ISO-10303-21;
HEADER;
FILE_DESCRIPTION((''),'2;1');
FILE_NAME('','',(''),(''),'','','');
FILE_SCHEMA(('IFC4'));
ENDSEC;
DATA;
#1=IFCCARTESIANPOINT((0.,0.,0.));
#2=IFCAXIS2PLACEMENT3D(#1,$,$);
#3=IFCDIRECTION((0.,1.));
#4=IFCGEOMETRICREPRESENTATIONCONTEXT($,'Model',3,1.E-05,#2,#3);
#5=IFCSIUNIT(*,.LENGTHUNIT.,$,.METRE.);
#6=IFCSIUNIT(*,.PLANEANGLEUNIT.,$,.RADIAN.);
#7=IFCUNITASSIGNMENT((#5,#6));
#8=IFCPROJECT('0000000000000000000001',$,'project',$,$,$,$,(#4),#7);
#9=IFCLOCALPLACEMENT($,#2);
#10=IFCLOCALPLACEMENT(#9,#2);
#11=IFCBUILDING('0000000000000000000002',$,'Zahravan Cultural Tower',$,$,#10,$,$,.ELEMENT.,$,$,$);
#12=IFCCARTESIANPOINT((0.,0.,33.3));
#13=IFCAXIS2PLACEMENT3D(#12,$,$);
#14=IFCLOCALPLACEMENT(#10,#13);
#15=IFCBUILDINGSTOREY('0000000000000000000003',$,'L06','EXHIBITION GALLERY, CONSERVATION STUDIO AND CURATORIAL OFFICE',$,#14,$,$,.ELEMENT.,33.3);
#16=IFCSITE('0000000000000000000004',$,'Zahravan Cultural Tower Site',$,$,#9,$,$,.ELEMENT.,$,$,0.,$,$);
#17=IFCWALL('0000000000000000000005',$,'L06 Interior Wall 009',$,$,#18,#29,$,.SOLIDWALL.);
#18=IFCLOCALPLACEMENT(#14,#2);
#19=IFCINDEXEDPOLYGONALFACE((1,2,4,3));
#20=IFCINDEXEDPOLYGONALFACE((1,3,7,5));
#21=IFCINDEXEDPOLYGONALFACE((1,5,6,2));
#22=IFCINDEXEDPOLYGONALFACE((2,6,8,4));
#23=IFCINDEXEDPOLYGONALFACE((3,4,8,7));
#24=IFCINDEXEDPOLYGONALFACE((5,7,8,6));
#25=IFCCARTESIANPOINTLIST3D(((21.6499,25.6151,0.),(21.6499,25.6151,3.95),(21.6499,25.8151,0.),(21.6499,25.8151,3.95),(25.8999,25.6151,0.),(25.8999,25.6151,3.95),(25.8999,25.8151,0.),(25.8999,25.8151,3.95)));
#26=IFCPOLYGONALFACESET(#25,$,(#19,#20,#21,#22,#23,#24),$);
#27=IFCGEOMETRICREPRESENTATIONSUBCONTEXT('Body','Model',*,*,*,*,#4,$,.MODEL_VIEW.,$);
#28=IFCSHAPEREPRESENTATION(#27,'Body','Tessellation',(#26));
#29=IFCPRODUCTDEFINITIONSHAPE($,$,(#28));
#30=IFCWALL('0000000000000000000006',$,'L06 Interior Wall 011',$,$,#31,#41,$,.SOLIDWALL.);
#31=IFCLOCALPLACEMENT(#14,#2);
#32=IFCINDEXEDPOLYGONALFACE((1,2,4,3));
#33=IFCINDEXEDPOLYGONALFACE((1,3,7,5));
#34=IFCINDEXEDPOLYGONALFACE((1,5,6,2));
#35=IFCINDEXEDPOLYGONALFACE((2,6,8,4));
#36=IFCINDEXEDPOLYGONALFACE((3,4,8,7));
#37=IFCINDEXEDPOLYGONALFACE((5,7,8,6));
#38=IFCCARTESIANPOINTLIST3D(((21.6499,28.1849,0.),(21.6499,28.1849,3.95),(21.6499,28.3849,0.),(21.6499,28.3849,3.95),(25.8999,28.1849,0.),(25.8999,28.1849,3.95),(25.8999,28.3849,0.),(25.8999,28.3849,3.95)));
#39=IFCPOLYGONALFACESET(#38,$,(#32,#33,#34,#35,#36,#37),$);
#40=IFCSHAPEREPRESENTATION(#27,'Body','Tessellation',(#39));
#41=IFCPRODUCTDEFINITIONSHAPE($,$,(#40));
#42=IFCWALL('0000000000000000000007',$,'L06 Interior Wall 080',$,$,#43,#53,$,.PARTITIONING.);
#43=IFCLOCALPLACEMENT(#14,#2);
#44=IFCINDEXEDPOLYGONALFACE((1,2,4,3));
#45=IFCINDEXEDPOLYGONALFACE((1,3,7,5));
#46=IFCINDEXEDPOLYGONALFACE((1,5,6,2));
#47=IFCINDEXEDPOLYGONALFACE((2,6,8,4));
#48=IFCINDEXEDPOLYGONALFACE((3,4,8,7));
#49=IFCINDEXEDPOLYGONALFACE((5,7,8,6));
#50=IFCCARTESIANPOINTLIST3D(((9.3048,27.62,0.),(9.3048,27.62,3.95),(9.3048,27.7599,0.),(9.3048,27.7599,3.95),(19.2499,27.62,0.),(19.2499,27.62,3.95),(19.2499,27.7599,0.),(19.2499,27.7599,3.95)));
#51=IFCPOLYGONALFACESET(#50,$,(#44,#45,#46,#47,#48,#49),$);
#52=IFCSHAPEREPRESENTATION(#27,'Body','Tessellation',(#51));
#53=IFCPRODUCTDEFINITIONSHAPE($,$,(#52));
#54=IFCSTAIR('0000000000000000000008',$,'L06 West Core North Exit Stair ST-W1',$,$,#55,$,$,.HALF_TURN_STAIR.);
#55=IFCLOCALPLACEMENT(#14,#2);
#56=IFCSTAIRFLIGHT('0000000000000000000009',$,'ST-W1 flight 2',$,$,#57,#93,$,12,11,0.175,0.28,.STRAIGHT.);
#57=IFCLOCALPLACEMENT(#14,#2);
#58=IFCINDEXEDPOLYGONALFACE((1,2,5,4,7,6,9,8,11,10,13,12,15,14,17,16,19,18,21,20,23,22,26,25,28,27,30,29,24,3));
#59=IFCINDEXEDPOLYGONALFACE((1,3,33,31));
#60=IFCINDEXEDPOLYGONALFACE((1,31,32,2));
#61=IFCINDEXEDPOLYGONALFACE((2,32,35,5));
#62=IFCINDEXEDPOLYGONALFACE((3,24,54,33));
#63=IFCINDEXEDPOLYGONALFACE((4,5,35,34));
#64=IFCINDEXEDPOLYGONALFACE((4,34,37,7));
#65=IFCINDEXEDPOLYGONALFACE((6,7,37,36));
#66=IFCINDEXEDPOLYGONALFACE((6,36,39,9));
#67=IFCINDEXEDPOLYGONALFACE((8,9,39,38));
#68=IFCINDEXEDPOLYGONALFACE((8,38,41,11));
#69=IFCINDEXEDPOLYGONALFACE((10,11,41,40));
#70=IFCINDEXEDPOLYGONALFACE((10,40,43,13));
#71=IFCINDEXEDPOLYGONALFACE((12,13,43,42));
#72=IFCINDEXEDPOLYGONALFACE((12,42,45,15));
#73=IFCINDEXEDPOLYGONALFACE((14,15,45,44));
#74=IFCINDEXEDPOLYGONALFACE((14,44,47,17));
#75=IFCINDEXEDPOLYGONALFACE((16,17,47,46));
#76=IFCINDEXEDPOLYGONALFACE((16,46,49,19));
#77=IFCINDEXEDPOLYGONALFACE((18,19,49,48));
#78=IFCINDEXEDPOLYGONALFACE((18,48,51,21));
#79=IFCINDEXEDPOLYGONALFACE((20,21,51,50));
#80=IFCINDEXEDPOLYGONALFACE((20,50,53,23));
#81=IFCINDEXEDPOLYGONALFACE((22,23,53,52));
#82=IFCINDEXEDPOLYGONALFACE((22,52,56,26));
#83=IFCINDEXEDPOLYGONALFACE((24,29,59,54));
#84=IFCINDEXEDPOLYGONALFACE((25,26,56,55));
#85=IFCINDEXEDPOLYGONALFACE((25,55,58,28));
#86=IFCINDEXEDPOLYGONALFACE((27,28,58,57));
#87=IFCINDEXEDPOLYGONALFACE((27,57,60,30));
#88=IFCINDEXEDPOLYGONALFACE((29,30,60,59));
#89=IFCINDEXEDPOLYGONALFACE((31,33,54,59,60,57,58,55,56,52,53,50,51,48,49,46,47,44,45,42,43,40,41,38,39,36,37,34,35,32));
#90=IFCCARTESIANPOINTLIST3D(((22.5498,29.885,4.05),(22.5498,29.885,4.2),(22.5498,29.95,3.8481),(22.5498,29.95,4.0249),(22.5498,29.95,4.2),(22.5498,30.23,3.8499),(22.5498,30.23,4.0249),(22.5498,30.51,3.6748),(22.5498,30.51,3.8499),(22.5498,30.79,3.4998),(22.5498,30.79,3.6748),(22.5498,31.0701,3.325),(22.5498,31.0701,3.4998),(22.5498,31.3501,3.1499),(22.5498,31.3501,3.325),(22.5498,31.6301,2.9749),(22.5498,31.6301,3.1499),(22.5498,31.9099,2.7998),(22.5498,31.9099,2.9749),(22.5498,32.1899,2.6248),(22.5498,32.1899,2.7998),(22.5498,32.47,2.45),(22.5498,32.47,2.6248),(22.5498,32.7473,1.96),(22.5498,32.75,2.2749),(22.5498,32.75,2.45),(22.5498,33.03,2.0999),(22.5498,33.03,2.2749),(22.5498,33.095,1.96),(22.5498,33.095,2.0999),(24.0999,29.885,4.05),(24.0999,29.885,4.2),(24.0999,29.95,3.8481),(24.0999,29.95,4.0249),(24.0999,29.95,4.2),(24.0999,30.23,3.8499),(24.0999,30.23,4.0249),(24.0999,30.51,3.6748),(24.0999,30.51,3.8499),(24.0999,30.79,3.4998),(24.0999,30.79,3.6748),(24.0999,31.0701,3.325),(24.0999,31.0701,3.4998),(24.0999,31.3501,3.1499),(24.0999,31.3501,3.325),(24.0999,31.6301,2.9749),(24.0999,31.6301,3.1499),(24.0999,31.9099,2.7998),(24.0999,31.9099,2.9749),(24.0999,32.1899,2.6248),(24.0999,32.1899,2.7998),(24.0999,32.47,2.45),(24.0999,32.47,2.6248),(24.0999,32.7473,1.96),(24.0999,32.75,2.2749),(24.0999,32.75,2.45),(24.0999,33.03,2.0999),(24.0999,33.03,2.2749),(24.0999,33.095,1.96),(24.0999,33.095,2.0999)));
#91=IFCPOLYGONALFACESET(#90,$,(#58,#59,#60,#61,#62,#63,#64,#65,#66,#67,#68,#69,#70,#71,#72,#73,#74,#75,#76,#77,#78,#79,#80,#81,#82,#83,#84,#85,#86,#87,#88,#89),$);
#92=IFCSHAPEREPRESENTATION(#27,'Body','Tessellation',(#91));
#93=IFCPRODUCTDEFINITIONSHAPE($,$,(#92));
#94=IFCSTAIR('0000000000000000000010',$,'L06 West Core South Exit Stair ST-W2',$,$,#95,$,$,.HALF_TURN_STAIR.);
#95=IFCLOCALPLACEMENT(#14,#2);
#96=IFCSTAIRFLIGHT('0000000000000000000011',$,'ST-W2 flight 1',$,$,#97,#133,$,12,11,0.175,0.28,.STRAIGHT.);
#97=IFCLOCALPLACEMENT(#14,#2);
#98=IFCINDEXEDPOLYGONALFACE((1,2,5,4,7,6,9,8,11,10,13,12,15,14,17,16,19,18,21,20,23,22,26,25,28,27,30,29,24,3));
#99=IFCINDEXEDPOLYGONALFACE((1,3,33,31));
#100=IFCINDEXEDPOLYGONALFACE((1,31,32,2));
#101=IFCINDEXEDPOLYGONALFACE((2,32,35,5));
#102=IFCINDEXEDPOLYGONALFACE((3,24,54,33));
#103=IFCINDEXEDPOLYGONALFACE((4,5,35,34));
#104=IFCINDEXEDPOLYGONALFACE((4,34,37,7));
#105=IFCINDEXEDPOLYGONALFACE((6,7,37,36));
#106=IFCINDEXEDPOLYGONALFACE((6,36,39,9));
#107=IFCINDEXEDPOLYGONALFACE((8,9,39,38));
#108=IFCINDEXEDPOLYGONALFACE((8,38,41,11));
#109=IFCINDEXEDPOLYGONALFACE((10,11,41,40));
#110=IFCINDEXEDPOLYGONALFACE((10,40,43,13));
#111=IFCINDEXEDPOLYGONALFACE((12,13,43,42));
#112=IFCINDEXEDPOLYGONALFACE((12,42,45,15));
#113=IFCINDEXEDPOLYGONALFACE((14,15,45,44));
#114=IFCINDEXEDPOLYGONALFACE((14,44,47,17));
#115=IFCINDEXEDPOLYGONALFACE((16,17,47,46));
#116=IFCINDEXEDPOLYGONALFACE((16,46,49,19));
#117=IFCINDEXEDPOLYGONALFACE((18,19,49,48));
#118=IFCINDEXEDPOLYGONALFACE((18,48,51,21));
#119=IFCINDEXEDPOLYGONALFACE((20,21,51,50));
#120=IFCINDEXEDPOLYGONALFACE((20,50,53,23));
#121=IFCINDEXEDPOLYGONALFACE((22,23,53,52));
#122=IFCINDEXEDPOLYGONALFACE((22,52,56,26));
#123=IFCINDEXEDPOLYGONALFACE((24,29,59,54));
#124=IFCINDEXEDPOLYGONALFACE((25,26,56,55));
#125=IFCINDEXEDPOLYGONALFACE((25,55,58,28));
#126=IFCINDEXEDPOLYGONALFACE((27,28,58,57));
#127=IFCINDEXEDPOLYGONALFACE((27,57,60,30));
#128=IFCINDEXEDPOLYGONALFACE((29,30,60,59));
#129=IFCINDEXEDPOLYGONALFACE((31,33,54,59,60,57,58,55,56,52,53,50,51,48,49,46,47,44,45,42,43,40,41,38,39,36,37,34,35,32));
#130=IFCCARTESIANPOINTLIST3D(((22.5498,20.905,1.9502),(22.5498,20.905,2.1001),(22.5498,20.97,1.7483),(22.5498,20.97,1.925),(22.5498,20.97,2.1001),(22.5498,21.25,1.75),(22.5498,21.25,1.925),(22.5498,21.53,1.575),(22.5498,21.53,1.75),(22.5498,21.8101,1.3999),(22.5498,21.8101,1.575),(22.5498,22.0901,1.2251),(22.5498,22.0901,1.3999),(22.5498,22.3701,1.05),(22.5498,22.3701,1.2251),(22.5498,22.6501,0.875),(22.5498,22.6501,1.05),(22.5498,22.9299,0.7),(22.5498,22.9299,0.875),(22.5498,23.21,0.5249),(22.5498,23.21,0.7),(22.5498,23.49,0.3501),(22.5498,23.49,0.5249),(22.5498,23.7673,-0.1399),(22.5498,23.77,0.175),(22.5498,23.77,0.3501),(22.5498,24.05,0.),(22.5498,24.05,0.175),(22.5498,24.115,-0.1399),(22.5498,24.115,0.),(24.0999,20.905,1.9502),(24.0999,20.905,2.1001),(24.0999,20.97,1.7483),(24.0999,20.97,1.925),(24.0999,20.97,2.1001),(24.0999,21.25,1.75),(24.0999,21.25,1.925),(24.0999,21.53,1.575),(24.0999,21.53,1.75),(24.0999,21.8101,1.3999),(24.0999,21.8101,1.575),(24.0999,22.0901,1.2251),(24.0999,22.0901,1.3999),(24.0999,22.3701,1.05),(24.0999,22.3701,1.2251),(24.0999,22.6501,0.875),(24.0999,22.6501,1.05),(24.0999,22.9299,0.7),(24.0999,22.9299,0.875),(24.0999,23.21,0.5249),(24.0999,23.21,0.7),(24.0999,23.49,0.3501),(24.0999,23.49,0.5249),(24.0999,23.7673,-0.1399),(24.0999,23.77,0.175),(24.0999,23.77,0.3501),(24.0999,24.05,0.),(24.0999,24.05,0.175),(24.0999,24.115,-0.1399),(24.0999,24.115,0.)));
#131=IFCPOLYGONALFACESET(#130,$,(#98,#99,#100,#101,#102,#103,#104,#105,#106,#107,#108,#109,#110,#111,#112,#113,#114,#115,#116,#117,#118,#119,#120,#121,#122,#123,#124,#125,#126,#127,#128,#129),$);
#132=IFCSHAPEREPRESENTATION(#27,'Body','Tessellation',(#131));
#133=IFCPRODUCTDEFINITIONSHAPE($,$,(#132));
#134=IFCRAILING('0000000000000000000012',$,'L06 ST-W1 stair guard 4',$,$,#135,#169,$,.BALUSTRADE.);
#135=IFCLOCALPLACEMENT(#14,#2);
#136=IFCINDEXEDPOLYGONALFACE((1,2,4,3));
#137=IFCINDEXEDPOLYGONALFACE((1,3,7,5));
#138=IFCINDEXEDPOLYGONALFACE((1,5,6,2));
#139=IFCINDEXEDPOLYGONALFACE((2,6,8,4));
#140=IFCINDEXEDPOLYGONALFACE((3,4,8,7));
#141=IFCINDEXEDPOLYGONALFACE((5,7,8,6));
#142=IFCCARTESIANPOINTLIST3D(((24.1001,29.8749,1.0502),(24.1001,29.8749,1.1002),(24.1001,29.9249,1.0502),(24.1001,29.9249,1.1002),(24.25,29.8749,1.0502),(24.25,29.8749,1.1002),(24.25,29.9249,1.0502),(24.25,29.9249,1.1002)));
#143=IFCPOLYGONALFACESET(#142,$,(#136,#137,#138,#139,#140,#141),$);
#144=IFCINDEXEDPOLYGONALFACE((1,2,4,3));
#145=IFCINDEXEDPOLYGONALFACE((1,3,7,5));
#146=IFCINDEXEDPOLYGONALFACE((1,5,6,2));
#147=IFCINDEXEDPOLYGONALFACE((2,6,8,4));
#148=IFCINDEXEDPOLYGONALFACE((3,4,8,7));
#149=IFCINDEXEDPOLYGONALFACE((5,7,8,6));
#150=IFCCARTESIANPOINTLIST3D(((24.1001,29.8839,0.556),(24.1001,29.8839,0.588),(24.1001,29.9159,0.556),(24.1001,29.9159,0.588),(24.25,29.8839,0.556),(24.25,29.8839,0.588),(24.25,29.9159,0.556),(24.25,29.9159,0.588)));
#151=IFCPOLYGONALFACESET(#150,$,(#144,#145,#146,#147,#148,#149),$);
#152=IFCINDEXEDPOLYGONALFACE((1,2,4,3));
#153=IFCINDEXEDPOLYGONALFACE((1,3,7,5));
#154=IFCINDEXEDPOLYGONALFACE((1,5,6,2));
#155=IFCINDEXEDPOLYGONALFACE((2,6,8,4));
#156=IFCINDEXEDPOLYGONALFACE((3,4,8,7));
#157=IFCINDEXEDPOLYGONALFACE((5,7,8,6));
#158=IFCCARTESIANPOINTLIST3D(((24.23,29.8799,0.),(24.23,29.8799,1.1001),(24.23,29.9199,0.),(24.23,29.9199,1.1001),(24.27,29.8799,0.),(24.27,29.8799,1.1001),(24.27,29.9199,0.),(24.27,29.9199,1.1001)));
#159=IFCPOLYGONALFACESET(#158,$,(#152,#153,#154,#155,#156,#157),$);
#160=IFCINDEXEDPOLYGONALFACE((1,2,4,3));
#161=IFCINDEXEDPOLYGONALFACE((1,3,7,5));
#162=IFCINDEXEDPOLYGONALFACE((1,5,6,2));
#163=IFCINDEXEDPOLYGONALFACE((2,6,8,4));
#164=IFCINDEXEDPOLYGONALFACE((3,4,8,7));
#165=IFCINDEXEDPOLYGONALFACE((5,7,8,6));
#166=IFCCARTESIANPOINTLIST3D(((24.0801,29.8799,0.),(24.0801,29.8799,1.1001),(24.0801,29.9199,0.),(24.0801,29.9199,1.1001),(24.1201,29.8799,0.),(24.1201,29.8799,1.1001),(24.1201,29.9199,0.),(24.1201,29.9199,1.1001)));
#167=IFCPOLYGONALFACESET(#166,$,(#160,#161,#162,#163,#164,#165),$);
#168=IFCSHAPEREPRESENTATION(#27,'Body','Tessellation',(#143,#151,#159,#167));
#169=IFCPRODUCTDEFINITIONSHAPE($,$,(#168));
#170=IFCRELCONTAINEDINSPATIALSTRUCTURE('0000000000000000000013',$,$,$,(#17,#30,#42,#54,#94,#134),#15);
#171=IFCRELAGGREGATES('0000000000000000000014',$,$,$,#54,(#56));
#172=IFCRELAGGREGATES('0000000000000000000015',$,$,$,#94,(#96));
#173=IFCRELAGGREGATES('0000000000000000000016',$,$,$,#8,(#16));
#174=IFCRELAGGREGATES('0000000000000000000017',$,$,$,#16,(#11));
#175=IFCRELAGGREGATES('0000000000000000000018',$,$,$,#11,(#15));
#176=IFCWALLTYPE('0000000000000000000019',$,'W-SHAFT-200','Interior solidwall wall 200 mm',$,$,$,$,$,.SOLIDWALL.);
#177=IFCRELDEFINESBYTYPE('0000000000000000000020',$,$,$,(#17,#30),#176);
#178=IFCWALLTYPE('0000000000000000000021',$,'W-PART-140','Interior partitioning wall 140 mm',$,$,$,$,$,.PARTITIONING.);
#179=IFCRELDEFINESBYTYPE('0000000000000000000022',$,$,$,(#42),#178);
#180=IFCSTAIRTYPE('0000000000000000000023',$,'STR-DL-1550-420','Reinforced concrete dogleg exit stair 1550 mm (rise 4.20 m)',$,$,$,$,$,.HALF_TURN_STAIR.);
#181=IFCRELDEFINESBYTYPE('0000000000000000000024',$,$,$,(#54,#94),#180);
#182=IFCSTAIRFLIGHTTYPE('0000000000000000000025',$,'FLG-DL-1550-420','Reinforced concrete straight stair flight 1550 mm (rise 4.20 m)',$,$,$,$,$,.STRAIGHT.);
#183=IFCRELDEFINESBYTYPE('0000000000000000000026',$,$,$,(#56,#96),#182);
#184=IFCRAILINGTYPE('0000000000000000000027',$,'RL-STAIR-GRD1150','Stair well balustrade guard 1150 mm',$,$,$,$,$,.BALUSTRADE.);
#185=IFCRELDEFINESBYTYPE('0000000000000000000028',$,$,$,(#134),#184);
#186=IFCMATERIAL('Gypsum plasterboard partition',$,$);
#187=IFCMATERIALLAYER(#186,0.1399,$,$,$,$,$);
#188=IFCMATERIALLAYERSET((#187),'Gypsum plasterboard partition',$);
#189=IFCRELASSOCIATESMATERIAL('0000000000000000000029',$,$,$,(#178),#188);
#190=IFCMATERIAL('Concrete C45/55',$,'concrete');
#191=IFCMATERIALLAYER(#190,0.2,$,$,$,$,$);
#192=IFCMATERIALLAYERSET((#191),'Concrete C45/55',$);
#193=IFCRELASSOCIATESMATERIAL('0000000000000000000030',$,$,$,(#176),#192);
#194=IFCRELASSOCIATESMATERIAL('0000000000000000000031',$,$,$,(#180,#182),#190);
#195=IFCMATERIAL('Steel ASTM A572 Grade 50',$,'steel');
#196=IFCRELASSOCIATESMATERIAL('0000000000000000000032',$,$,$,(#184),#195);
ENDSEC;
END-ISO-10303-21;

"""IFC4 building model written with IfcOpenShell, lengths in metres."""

from ifc_helpers import new_model, si_unit, direction, frame, frame_2d, origin, origin_2d, place, context, subcontext, project, spatial, polyline, rectangle, outline, extrude, source, transform, mapped, material, layer, layer_set, type_object, element, aggregate, save


model = new_model("IFC4")

# Units and contexts
model_context = context("Model", 3, precision=1e-05, world=origin(), true_north=direction((0.0, 1.0)))
body_context = subcontext(model_context, "Body", "Model", "MODEL_VIEW")
ifc_project = project(units=[si_unit("LENGTHUNIT", "METRE"), si_unit("PLANEANGLEUNIT", "RADIAN")], contexts=[model_context])

# Site, building, storey
site_placement = place(None, origin())
site = spatial("IfcSite", under=ifc_project, at=site_placement, Name="Zahravan Cultural Tower Site", CompositionType="ELEMENT", RefElevation=0.0)
building_placement = place(site_placement, origin())
building = spatial("IfcBuilding", under=site, at=building_placement, Name="Zahravan Cultural Tower", CompositionType="ELEMENT")
storey_placement = place(building_placement, frame((0.0, 0.0, 33.3)))
storey = spatial("IfcBuildingStorey", under=building, at=storey_placement, Name="L06", Description="EXHIBITION GALLERY, CONSERVATION STUDIO AND CURATORIAL OFFICE", CompositionType="ELEMENT", Elevation=33.3)

# Shared definitions
ifc_material_1 = material(Name="Steel ASTM A572 Grade 50", Category="steel")

# Shared definitions
ifc_material_2 = material(Name="Gypsum plasterboard partition")
ifc_layer_1 = layer(ifc_material_2, 0.1399)
ifc_layer_set_1 = layer_set([ifc_layer_1], Name="Gypsum plasterboard partition")
wall_type_1 = type_object("IfcWallType", Name="W-PART-140", Description="Interior partitioning wall 140 mm", PredefinedType="PARTITIONING", material=ifc_layer_set_1)

# Walls
ifc_material_3 = material(Name="Concrete C45/55", Category="concrete")
ifc_layer_2 = layer(ifc_material_3, 0.2)
ifc_layer_set_2 = layer_set([ifc_layer_2], Name="Concrete C45/55")
wall_type_2 = type_object("IfcWallType", Name="W-SHAFT-200", Description="Interior solidwall wall 200 mm", PredefinedType="SOLIDWALL", material=ifc_layer_set_2)
shared_shape_1 = source(origin(), body_context, "Body", "SweptSolid", [
    extrude(rectangle(XDim=4.25, YDim=0.2, at=frame_2d((2.125, 0.0))), origin(), (0.0, 0.0, 1.0), 3.95),
])
for number, where, z_axis, x_axis, name in (
    (1, (21.6499, 25.7151, 0.0), (0.0, 0.0, 1.0), (1.0, 0.0, 0.0), "L06 Interior Wall 009"),
    (2, (21.6499, 28.2849, 0.0), (0.0, 0.0, 1.0), (1.0, 0.0, 0.0), "L06 Interior Wall 011"),
):
    element("IfcWall", number, at=place(storey_placement, frame(where, z_axis=z_axis, x_axis=x_axis)), inside=storey, type_object=wall_type_2, Name=name, PredefinedType="SOLIDWALL", context=body_context, shape_type="MappedRepresentation", body=[
        mapped(shared_shape_1, transform((0.0, 0.0, 0.0), x_axis=(1.0, 0.0, 0.0), y_axis=(0.0, 1.0, 0.0), z_axis=(0.0, 0.0, 1.0), scale=1.0)),
    ])
shared_shape_2 = source(origin(), body_context, "Body", "SweptSolid", [
    extrude(rectangle(XDim=9.9451, YDim=0.1399, at=frame_2d((4.9727, 0.0))), origin(), (0.0, 0.0, 1.0), 3.95),
])
wall_1_placement = place(storey_placement, frame((19.25, 27.6899, 0.0), z_axis=(0.0, 0.0, 1.0), x_axis=(-1.0, 0.0, 0.0)))
element("IfcWall", 3, at=wall_1_placement, inside=storey, type_object=wall_type_1, Name="L06 Interior Wall 080", PredefinedType="PARTITIONING", context=body_context, shape_type="MappedRepresentation", body=[
    mapped(shared_shape_2, transform((0.0, 0.0, 0.0), x_axis=(1.0, 0.0, 0.0), y_axis=(0.0, 1.0, 0.0), z_axis=(0.0, 0.0, 1.0), scale=1.0)),
])

# Stairs, stair flights
stair_type = type_object("IfcStairType", Name="STR-DL-1550-420", Description="Reinforced concrete dogleg exit stair 1550 mm (rise 4.20 m)", PredefinedType="HALF_TURN_STAIR", material=ifc_material_3)
stair_1_placement = place(storey_placement, origin())
stair_1 = element("IfcStair", 4, at=stair_1_placement, inside=storey, type_object=stair_type, Name="L06 West Core North Exit Stair ST-W1", PredefinedType="HALF_TURN_STAIR")
stair_flight_type = type_object("IfcStairFlightType", Name="FLG-DL-1550-420", Description="Reinforced concrete straight stair flight 1550 mm (rise 4.20 m)", PredefinedType="STRAIGHT", material=ifc_material_3)
stair_flight_1_placement = place(storey_placement, frame((23.325, 33.03, 2.0999), z_axis=(0.0, 0.0, 1.0), x_axis=(0.0, -1.0, 0.0)))
stair_flight_1 = element("IfcStairFlight", 5, at=stair_flight_1_placement, type_object=stair_flight_type, Name="ST-W1 flight 2", NumberOfRisers=12, NumberOfTreads=11, PredefinedType="STRAIGHT", RiserHeight=0.175, TreadLength=0.28, context=body_context, shape_type="SweptSolid", body=[
    extrude(outline(polyline([(-0.0649, -0.1399), (-0.0649, 0.0), (0.0, 0.0), (0.0, 0.175), (0.28, 0.175), (0.28, 0.3501), (0.5601, 0.3501), (0.5601, 0.5249), (0.8401, 0.5249), (0.8401, 0.7), (1.1201, 0.7), (1.1201, 0.875), (1.3999, 0.875), (1.3999, 1.05), (1.6799, 1.05), (1.6799, 1.2251), (1.96, 1.2251), (1.96, 1.3999), (2.24, 1.3999), (2.24, 1.575), (2.52, 1.575), (2.52, 1.75), (2.8, 1.75), (2.8, 1.925), (3.0801, 1.925), (3.0801, 2.1001), (3.145, 2.1001), (3.145, 1.9502), (3.0801, 1.7483), (0.2827, -0.1399), (-0.0649, -0.1399)])), frame((0.0, 0.7749, 0.0), z_axis=(0.0, -1.0, 0.0), x_axis=(1.0, 0.0, 0.0)), (0.0, 0.0, 1.0), 1.55),
])
aggregate(stair_1, [stair_flight_1])
stair_2_placement = place(storey_placement, origin())
stair_2 = element("IfcStair", 6, at=stair_2_placement, inside=storey, type_object=stair_type, Name="L06 West Core South Exit Stair ST-W2", PredefinedType="HALF_TURN_STAIR")
stair_flight_2_placement = place(storey_placement, frame((23.325, 24.05, 0.0), z_axis=(0.0, 0.0, 1.0), x_axis=(0.0, -1.0, 0.0)))
stair_flight_2 = element("IfcStairFlight", 7, at=stair_flight_2_placement, type_object=stair_flight_type, Name="ST-W2 flight 1", NumberOfRisers=12, NumberOfTreads=11, PredefinedType="STRAIGHT", RiserHeight=0.175, TreadLength=0.28, context=body_context, shape_type="SweptSolid", body=[
    extrude(outline(polyline([(-0.0649, -0.1399), (-0.0649, 0.0), (0.0, 0.0), (0.0, 0.175), (0.28, 0.175), (0.28, 0.3501), (0.5601, 0.3501), (0.5601, 0.5249), (0.8401, 0.5249), (0.8401, 0.7), (1.1201, 0.7), (1.1201, 0.875), (1.3999, 0.875), (1.3999, 1.05), (1.6799, 1.05), (1.6799, 1.2251), (1.96, 1.2251), (1.96, 1.3999), (2.24, 1.3999), (2.24, 1.575), (2.52, 1.575), (2.52, 1.75), (2.8, 1.75), (2.8, 1.925), (3.0801, 1.925), (3.0801, 2.1001), (3.145, 2.1001), (3.145, 1.9502), (3.0801, 1.7483), (0.2827, -0.1399), (-0.0649, -0.1399)])), frame((0.0, 0.7749, 0.0), z_axis=(0.0, -1.0, 0.0), x_axis=(1.0, 0.0, 0.0)), (0.0, 0.0, 1.0), 1.55),
])
aggregate(stair_2, [stair_flight_2])

# Railing
railing_type_1 = type_object("IfcRailingType", Name="RL-STAIR-GRD1150", Description="Stair well balustrade guard 1150 mm", PredefinedType="BALUSTRADE", material=ifc_material_1)
railing_1_placement = place(storey_placement, frame((24.25, 29.8999, 0.0)))
element("IfcRailing", 8, at=railing_1_placement, inside=storey, type_object=railing_type_1, Name="L06 ST-W1 stair guard 4", PredefinedType="BALUSTRADE", context=body_context, shape_type="SweptSolid", body=[
    extrude(rectangle(XDim=0.05, YDim=0.05, at=origin_2d()), frame((0.0, 0.0, 1.0752), z_axis=(-1.0, 0.0, 0.0), x_axis=(0.0, -1.0, 0.0)), (0.0, 0.0, 1.0), 0.1499),
    extrude(rectangle(XDim=0.032, YDim=0.032, at=origin_2d()), frame((0.0, 0.0, 0.572), z_axis=(-1.0, 0.0, 0.0), x_axis=(0.0, -1.0, 0.0)), (0.0, 0.0, 1.0), 0.1499),
    extrude(rectangle(XDim=0.04, YDim=0.04, at=origin_2d()), origin(), (0.0, 0.0, 1.0), 1.1001),
    extrude(rectangle(XDim=0.04, YDim=0.04, at=origin_2d()), frame((-0.1499, 0.0, 0.0)), (0.0, 0.0, 1.0), 1.1001),
])

save(model, "model.ifc")
